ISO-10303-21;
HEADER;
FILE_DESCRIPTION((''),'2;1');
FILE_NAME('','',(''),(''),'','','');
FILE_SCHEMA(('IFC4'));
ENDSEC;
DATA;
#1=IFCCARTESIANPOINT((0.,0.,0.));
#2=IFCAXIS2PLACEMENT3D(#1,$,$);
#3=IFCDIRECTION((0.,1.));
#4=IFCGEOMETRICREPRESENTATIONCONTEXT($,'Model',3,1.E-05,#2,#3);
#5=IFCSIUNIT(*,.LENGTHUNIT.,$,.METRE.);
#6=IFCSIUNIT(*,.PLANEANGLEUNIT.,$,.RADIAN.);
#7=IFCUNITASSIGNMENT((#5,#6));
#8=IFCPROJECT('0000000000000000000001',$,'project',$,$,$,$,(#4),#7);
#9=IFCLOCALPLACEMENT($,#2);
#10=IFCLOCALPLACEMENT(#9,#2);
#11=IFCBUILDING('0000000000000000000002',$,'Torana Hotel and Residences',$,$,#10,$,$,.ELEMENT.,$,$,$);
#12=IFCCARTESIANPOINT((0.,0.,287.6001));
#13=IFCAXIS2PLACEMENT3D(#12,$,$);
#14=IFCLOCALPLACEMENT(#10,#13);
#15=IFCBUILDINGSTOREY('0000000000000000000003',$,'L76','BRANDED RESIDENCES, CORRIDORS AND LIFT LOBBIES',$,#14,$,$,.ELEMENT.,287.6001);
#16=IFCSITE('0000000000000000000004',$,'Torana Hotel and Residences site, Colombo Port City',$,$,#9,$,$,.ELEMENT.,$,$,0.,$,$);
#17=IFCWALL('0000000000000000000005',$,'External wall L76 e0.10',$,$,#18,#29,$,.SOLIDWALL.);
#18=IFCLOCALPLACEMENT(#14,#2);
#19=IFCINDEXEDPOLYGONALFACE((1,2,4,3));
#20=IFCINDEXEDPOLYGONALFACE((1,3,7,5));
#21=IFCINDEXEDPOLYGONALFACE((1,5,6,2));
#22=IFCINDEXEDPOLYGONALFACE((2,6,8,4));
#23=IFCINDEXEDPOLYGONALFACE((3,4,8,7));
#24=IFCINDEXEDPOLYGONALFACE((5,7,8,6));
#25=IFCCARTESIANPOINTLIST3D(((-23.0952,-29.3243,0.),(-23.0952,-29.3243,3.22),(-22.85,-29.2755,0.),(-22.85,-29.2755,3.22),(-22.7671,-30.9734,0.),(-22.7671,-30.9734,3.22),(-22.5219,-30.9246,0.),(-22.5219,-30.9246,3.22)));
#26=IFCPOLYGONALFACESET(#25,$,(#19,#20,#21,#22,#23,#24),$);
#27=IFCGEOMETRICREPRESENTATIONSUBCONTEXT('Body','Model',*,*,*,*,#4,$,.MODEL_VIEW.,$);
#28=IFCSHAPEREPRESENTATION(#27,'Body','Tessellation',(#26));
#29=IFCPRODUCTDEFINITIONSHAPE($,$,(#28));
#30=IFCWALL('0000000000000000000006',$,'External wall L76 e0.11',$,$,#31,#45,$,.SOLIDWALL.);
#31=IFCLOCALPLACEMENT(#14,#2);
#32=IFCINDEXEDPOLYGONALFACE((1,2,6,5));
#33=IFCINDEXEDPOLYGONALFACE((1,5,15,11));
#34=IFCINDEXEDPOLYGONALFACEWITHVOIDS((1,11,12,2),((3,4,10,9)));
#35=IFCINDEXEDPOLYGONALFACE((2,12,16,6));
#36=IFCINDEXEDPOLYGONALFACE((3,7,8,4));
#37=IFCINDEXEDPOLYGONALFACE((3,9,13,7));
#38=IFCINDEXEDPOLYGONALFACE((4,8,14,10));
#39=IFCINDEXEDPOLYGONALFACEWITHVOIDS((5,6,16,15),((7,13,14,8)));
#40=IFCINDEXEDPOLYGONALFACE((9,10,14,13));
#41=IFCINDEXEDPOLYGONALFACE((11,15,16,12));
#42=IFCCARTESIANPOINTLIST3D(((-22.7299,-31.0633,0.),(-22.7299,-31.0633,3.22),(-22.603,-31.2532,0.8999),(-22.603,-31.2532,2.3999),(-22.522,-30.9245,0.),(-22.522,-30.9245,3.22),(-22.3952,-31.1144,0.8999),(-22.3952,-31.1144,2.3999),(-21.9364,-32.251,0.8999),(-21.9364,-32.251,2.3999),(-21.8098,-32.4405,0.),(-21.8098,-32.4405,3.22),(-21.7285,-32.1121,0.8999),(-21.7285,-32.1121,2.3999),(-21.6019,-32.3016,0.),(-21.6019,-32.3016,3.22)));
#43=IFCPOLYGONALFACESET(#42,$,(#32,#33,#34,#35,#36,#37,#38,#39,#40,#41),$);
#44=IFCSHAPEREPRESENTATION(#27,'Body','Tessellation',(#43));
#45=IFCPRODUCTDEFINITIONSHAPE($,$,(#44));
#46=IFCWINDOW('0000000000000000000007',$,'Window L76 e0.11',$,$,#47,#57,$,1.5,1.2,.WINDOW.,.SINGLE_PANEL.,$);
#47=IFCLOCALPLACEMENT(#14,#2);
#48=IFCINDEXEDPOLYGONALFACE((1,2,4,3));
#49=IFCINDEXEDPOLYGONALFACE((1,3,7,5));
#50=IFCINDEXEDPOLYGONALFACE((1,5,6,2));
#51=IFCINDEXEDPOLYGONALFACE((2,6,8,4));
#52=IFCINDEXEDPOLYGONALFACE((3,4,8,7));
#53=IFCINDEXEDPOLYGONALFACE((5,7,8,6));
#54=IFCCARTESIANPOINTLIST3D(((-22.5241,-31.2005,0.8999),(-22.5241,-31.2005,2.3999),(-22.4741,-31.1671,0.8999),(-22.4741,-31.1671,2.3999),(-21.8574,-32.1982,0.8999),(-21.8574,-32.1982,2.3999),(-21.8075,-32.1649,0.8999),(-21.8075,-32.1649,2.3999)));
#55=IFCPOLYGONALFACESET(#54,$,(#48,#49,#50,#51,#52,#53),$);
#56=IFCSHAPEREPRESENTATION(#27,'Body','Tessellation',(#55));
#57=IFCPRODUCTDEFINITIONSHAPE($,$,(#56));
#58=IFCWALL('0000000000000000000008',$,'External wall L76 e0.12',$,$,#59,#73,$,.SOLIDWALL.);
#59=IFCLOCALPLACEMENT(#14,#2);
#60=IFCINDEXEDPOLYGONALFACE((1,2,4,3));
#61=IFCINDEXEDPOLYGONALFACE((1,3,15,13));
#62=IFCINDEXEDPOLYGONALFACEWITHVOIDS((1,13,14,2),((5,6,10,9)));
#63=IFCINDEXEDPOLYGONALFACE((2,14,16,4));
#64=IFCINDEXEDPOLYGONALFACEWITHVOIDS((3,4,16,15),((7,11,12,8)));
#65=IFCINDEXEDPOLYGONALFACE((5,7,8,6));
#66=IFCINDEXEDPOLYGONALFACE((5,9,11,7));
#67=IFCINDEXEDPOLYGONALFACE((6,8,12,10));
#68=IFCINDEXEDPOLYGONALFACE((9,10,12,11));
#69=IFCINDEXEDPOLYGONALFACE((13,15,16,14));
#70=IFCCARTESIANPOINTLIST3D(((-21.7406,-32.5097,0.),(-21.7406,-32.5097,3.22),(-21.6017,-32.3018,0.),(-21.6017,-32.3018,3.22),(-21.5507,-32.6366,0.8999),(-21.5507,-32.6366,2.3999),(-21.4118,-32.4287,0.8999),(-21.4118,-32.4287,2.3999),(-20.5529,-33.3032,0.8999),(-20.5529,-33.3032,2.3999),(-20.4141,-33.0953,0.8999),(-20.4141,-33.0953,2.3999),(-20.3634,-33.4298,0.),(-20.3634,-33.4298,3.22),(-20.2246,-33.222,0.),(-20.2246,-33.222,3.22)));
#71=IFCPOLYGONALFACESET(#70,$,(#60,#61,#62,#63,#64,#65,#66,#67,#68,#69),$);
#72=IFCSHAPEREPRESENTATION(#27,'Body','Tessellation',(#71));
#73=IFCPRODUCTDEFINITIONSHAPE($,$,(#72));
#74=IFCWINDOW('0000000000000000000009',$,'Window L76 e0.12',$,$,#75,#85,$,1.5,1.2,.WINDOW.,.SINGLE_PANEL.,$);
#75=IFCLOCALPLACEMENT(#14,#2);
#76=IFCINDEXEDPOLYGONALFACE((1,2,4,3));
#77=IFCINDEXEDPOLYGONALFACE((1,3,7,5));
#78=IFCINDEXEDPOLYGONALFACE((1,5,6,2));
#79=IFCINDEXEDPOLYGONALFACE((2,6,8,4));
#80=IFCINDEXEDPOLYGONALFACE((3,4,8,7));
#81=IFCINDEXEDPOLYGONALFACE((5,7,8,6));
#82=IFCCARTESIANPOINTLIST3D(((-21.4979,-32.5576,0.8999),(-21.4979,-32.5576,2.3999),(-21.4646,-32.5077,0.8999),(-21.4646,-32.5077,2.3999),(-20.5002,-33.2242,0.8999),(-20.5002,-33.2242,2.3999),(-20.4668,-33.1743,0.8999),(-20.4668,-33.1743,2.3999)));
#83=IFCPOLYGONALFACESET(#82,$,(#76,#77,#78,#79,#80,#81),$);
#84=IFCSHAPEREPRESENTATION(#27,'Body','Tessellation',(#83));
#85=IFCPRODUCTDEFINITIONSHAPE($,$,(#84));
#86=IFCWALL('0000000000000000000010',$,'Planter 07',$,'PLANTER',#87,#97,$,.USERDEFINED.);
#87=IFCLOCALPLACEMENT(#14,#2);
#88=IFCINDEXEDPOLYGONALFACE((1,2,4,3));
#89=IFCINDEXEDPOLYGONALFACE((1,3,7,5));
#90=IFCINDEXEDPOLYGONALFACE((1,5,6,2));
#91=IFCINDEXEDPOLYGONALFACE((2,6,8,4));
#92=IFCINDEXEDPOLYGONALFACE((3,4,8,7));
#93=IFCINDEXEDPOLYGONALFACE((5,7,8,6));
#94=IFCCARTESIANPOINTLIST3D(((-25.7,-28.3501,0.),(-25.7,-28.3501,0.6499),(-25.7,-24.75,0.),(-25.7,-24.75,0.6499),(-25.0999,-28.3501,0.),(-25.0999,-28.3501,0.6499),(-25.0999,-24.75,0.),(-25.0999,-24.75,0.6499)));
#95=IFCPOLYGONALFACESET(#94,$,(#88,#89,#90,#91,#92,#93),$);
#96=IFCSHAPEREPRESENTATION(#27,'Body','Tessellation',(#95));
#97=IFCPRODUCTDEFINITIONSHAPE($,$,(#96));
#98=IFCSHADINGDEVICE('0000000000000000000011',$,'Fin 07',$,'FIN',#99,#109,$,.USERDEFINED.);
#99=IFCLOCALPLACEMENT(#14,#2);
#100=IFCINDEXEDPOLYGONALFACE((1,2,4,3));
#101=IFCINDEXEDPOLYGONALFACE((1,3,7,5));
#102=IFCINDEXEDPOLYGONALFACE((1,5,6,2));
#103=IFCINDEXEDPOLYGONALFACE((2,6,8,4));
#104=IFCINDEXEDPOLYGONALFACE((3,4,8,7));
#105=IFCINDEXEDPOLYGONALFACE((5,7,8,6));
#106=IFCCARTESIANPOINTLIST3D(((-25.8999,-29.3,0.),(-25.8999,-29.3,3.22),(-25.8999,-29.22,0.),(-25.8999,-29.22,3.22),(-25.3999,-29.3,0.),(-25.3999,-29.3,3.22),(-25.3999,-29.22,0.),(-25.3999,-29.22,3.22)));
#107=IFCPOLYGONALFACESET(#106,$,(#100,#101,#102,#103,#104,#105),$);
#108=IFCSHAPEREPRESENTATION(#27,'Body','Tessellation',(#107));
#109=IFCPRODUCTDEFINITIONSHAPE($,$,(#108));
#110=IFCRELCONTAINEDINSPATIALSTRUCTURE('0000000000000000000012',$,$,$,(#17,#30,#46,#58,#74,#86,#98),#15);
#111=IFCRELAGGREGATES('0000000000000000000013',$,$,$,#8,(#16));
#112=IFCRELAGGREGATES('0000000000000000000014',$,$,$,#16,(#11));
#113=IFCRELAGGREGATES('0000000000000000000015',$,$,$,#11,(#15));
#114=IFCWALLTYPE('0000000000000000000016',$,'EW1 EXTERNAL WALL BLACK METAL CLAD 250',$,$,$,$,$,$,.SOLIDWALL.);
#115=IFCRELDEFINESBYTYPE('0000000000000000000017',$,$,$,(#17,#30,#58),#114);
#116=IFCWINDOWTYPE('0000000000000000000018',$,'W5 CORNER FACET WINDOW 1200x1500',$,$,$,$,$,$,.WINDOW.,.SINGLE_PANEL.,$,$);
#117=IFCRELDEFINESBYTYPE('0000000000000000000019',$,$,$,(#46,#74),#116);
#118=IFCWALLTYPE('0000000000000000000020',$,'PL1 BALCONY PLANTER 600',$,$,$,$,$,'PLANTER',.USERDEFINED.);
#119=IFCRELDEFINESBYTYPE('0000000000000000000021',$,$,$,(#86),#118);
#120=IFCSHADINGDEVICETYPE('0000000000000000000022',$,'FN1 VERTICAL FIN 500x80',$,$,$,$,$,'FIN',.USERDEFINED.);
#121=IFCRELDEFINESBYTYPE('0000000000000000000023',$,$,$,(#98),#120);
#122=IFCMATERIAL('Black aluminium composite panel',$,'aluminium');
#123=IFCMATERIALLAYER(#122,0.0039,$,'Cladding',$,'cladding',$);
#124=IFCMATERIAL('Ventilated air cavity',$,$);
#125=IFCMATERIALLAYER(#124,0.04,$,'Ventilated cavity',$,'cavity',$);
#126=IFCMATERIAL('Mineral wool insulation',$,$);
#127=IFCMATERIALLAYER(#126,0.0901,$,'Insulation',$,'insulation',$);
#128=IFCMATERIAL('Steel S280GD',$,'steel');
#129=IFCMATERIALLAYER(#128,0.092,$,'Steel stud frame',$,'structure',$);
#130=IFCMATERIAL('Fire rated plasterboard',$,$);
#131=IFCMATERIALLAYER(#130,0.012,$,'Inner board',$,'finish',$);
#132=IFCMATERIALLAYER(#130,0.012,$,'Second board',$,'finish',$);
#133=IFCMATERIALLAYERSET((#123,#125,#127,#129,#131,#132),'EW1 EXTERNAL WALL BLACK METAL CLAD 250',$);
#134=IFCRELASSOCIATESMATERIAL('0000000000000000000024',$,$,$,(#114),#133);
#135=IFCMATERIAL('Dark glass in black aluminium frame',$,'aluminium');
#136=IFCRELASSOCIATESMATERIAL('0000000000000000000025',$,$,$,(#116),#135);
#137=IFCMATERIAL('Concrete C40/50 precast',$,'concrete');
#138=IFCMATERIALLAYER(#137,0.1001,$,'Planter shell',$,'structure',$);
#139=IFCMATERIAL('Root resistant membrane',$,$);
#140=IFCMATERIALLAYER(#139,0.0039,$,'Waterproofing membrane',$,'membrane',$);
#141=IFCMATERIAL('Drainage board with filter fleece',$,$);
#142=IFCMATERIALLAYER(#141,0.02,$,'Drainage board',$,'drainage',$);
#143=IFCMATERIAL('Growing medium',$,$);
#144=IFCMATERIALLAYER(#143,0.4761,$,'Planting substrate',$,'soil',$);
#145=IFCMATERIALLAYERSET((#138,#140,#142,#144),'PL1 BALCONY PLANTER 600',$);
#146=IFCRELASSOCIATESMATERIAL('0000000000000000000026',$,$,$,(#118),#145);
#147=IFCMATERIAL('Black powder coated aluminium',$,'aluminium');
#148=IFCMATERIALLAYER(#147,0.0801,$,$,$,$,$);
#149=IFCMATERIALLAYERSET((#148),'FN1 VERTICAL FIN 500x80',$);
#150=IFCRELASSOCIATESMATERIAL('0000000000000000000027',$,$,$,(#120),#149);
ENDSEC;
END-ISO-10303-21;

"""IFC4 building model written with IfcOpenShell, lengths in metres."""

from ifc_helpers import new_model, si_unit, direction, frame, frame_2d, origin, origin_2d, place, context, subcontext, project, spatial, rectangle, extrude, material, layer, layer_set, type_object, element, fill, save


model = new_model("IFC4")

# Units and contexts
model_context = context("Model", 3, precision=1e-05, world=origin(), true_north=direction((0.0, 1.0)))
body_context = subcontext(model_context, "Body", "Model", "MODEL_VIEW")
ifc_project = project(units=[si_unit("LENGTHUNIT", "METRE"), si_unit("PLANEANGLEUNIT", "RADIAN")], contexts=[model_context])

# Site, building, storey
site_placement = place(None, origin())
site = spatial("IfcSite", under=ifc_project, at=site_placement, Name="Torana Hotel and Residences site, Colombo Port City", CompositionType="ELEMENT", RefElevation=0.0)
building_placement = place(site_placement, origin())
building = spatial("IfcBuilding", under=site, at=building_placement, Name="Torana Hotel and Residences", CompositionType="ELEMENT")
storey_placement = place(building_placement, frame((0.0, 0.0, 287.6001)))
storey = spatial("IfcBuildingStorey", under=building, at=storey_placement, Name="L76", Description="BRANDED RESIDENCES, CORRIDORS AND LIFT LOBBIES", CompositionType="ELEMENT", Elevation=287.6001)

# Wall
ifc_material_1 = material(Name="Black aluminium composite panel", Category="aluminium")
ifc_layer_1 = layer(ifc_material_1, 0.0039, Name="Cladding", Category="cladding")
ifc_material_2 = material(Name="Ventilated air cavity")
ifc_layer_2 = layer(ifc_material_2, 0.04, Name="Ventilated cavity", Category="cavity")
ifc_material_3 = material(Name="Mineral wool insulation")
ifc_layer_3 = layer(ifc_material_3, 0.0901, Name="Insulation", Category="insulation")
ifc_material_4 = material(Name="Steel S280GD", Category="steel")
ifc_layer_4 = layer(ifc_material_4, 0.092, Name="Steel stud frame", Category="structure")
ifc_material_5 = material(Name="Fire rated plasterboard")
ifc_layer_5 = layer(ifc_material_5, 0.012, Name="Inner board", Category="finish")
ifc_layer_6 = layer(ifc_material_5, 0.012, Name="Second board", Category="finish")
ifc_layer_set_1 = layer_set([ifc_layer_1, ifc_layer_2, ifc_layer_3, ifc_layer_4, ifc_layer_5, ifc_layer_6], Name="EW1 EXTERNAL WALL BLACK METAL CLAD 250")
wall_type_1 = type_object("IfcWallType", Name="EW1 EXTERNAL WALL BLACK METAL CLAD 250", PredefinedType="SOLIDWALL", material=ifc_layer_set_1)
wall_1_placement = place(storey_placement, frame((-22.9727, -29.2998, 0.0), z_axis=(0.0, 0.0, 1.0), x_axis=(0.195139, -0.980776, 0.0)))
element("IfcWall", 1, at=wall_1_placement, inside=storey, type_object=wall_type_1, Name="External wall L76 e0.10", PredefinedType="SOLIDWALL", context=body_context, shape_type="SweptSolid", body=[
    extrude(rectangle(XDim=1.6814, YDim=0.25, at=frame_2d((0.8408, 0.0))), origin(), (0.0, 0.0, 1.0), 3.22),
])

# Walls, openings, windows
wall_2_placement = place(storey_placement, frame((-22.626, -30.9939, 0.0), z_axis=(0.0, 0.0, 1.0), x_axis=(0.55555, -0.831483, 0.0)))
wall_2 = element("IfcWall", 2, at=wall_2_placement, inside=storey, type_object=wall_type_1, Name="External wall L76 e0.11", PredefinedType="SOLIDWALL", context=body_context, shape_type="SweptSolid", body=[
    extrude(rectangle(XDim=1.6562, YDim=0.25, at=frame_2d((0.8281, 0.0))), origin(), (0.0, 0.0, 1.0), 3.22),
])
opening_1_placement = place(wall_2_placement, frame((0.2283, 0.0, 0.8999)))
opening_1 = element("IfcOpeningElement", 3, at=opening_1_placement, cuts=wall_2, PredefinedType="OPENING", context=body_context, shape_type="SweptSolid", body=[
    extrude(rectangle(XDim=1.2, YDim=1.5, at=frame_2d((0.6001, 0.75))), frame((0.0, 0.135, 0.0), z_axis=(0.0, -1.0, 0.0), x_axis=(1.0, 0.0, 0.0)), (0.0, 0.0, 1.0), 0.27),
])
ifc_material_6 = material(Name="Dark glass in black aluminium frame", Category="aluminium")
window_type = type_object("IfcWindowType", Name="W5 CORNER FACET WINDOW 1200x1500", PartitioningType="SINGLE_PANEL", PredefinedType="WINDOW", material=ifc_material_6)
window_1_placement = place(opening_1_placement, origin())
window_1 = element("IfcWindow", 4, at=window_1_placement, inside=storey, type_object=window_type, Name="Window L76 e0.11", OverallHeight=1.5, OverallWidth=1.2, PartitioningType="SINGLE_PANEL", PredefinedType="WINDOW", context=body_context, shape_type="SweptSolid", body=[
    extrude(rectangle(XDim=1.2, YDim=1.5, at=frame_2d((0.6001, 0.75))), frame((0.0, 0.03, 0.0), z_axis=(0.0, -1.0, 0.0), x_axis=(1.0, 0.0, 0.0)), (0.0, 0.0, 1.0), 0.0601),
])
fill(opening_1, window_1)
wall_3_placement = place(storey_placement, frame((-21.6711, -32.4058, 0.0), z_axis=(0.0, 0.0, 1.0), x_axis=(0.831483, -0.55555, 0.0)))
wall_3 = element("IfcWall", 5, at=wall_3_placement, inside=storey, type_object=wall_type_1, Name="External wall L76 e0.12", PredefinedType="SOLIDWALL", context=body_context, shape_type="SweptSolid", body=[
    extrude(rectangle(XDim=1.6562, YDim=0.25, at=frame_2d((0.8281, 0.0))), origin(), (0.0, 0.0, 1.0), 3.22),
])
opening_2_placement = place(wall_3_placement, frame((0.2283, 0.0, 0.8999)))
opening_2 = element("IfcOpeningElement", 6, at=opening_2_placement, cuts=wall_3, PredefinedType="OPENING", context=body_context, shape_type="SweptSolid", body=[
    extrude(rectangle(XDim=1.2, YDim=1.5, at=frame_2d((0.6001, 0.75))), frame((0.0, 0.135, 0.0), z_axis=(0.0, -1.0, 0.0), x_axis=(1.0, 0.0, 0.0)), (0.0, 0.0, 1.0), 0.27),
])
window_2_placement = place(opening_2_placement, origin())
window_2 = element("IfcWindow", 7, at=window_2_placement, inside=storey, type_object=window_type, Name="Window L76 e0.12", OverallHeight=1.5, OverallWidth=1.2, PartitioningType="SINGLE_PANEL", PredefinedType="WINDOW", context=body_context, shape_type="SweptSolid", body=[
    extrude(rectangle(XDim=1.2, YDim=1.5, at=frame_2d((0.6001, 0.75))), frame((0.0, 0.03, 0.0), z_axis=(0.0, -1.0, 0.0), x_axis=(1.0, 0.0, 0.0)), (0.0, 0.0, 1.0), 0.0601),
])
fill(opening_2, window_2)

# Wall
ifc_material_7 = material(Name="Concrete C40/50 precast", Category="concrete")
ifc_layer_7 = layer(ifc_material_7, 0.1001, Name="Planter shell", Category="structure")
ifc_material_8 = material(Name="Root resistant membrane")
ifc_layer_8 = layer(ifc_material_8, 0.0039, Name="Waterproofing membrane", Category="membrane")
ifc_material_9 = material(Name="Drainage board with filter fleece")
ifc_layer_9 = layer(ifc_material_9, 0.02, Name="Drainage board", Category="drainage")
ifc_material_10 = material(Name="Growing medium")
ifc_layer_10 = layer(ifc_material_10, 0.4761, Name="Planting substrate", Category="soil")
ifc_layer_set_2 = layer_set([ifc_layer_7, ifc_layer_8, ifc_layer_9, ifc_layer_10], Name="PL1 BALCONY PLANTER 600")
wall_type_2 = type_object("IfcWallType", Name="PL1 BALCONY PLANTER 600", ElementType="PLANTER", PredefinedType="USERDEFINED", material=ifc_layer_set_2)
wall_4_placement = place(storey_placement, frame((-25.3999, -28.3501, 0.0), z_axis=(0.0, 0.0, 1.0), x_axis=(0.0, 1.0, 0.0)))
element("IfcWall", 8, at=wall_4_placement, inside=storey, type_object=wall_type_2, Name="Planter 07", ObjectType="PLANTER", PredefinedType="USERDEFINED", context=body_context, shape_type="SweptSolid", body=[
    extrude(rectangle(XDim=3.6001, YDim=0.6001, at=frame_2d((1.8, 0.0))), origin(), (0.0, 0.0, 1.0), 0.6499),
])

# Shading device
ifc_material_11 = material(Name="Black powder coated aluminium", Category="aluminium")
ifc_layer_11 = layer(ifc_material_11, 0.0801)
ifc_layer_set_3 = layer_set([ifc_layer_11], Name="FN1 VERTICAL FIN 500x80")
shading_device_type = type_object("IfcShadingDeviceType", Name="FN1 VERTICAL FIN 500x80", ElementType="FIN", PredefinedType="USERDEFINED", material=ifc_layer_set_3)
shading_device_placement = place(storey_placement, frame((-25.6499, -29.26, 0.0), z_axis=(0.0, 0.0, 1.0), x_axis=(0.0, 1.0, 0.0)))
element("IfcShadingDevice", 9, at=shading_device_placement, inside=storey, type_object=shading_device_type, Name="Fin 07", ObjectType="FIN", PredefinedType="USERDEFINED", context=body_context, shape_type="SweptSolid", body=[
    extrude(rectangle(XDim=0.0801, YDim=0.5, at=origin_2d()), origin(), (0.0, 0.0, 1.0), 3.22),
])

save(model, "model.ifc")
